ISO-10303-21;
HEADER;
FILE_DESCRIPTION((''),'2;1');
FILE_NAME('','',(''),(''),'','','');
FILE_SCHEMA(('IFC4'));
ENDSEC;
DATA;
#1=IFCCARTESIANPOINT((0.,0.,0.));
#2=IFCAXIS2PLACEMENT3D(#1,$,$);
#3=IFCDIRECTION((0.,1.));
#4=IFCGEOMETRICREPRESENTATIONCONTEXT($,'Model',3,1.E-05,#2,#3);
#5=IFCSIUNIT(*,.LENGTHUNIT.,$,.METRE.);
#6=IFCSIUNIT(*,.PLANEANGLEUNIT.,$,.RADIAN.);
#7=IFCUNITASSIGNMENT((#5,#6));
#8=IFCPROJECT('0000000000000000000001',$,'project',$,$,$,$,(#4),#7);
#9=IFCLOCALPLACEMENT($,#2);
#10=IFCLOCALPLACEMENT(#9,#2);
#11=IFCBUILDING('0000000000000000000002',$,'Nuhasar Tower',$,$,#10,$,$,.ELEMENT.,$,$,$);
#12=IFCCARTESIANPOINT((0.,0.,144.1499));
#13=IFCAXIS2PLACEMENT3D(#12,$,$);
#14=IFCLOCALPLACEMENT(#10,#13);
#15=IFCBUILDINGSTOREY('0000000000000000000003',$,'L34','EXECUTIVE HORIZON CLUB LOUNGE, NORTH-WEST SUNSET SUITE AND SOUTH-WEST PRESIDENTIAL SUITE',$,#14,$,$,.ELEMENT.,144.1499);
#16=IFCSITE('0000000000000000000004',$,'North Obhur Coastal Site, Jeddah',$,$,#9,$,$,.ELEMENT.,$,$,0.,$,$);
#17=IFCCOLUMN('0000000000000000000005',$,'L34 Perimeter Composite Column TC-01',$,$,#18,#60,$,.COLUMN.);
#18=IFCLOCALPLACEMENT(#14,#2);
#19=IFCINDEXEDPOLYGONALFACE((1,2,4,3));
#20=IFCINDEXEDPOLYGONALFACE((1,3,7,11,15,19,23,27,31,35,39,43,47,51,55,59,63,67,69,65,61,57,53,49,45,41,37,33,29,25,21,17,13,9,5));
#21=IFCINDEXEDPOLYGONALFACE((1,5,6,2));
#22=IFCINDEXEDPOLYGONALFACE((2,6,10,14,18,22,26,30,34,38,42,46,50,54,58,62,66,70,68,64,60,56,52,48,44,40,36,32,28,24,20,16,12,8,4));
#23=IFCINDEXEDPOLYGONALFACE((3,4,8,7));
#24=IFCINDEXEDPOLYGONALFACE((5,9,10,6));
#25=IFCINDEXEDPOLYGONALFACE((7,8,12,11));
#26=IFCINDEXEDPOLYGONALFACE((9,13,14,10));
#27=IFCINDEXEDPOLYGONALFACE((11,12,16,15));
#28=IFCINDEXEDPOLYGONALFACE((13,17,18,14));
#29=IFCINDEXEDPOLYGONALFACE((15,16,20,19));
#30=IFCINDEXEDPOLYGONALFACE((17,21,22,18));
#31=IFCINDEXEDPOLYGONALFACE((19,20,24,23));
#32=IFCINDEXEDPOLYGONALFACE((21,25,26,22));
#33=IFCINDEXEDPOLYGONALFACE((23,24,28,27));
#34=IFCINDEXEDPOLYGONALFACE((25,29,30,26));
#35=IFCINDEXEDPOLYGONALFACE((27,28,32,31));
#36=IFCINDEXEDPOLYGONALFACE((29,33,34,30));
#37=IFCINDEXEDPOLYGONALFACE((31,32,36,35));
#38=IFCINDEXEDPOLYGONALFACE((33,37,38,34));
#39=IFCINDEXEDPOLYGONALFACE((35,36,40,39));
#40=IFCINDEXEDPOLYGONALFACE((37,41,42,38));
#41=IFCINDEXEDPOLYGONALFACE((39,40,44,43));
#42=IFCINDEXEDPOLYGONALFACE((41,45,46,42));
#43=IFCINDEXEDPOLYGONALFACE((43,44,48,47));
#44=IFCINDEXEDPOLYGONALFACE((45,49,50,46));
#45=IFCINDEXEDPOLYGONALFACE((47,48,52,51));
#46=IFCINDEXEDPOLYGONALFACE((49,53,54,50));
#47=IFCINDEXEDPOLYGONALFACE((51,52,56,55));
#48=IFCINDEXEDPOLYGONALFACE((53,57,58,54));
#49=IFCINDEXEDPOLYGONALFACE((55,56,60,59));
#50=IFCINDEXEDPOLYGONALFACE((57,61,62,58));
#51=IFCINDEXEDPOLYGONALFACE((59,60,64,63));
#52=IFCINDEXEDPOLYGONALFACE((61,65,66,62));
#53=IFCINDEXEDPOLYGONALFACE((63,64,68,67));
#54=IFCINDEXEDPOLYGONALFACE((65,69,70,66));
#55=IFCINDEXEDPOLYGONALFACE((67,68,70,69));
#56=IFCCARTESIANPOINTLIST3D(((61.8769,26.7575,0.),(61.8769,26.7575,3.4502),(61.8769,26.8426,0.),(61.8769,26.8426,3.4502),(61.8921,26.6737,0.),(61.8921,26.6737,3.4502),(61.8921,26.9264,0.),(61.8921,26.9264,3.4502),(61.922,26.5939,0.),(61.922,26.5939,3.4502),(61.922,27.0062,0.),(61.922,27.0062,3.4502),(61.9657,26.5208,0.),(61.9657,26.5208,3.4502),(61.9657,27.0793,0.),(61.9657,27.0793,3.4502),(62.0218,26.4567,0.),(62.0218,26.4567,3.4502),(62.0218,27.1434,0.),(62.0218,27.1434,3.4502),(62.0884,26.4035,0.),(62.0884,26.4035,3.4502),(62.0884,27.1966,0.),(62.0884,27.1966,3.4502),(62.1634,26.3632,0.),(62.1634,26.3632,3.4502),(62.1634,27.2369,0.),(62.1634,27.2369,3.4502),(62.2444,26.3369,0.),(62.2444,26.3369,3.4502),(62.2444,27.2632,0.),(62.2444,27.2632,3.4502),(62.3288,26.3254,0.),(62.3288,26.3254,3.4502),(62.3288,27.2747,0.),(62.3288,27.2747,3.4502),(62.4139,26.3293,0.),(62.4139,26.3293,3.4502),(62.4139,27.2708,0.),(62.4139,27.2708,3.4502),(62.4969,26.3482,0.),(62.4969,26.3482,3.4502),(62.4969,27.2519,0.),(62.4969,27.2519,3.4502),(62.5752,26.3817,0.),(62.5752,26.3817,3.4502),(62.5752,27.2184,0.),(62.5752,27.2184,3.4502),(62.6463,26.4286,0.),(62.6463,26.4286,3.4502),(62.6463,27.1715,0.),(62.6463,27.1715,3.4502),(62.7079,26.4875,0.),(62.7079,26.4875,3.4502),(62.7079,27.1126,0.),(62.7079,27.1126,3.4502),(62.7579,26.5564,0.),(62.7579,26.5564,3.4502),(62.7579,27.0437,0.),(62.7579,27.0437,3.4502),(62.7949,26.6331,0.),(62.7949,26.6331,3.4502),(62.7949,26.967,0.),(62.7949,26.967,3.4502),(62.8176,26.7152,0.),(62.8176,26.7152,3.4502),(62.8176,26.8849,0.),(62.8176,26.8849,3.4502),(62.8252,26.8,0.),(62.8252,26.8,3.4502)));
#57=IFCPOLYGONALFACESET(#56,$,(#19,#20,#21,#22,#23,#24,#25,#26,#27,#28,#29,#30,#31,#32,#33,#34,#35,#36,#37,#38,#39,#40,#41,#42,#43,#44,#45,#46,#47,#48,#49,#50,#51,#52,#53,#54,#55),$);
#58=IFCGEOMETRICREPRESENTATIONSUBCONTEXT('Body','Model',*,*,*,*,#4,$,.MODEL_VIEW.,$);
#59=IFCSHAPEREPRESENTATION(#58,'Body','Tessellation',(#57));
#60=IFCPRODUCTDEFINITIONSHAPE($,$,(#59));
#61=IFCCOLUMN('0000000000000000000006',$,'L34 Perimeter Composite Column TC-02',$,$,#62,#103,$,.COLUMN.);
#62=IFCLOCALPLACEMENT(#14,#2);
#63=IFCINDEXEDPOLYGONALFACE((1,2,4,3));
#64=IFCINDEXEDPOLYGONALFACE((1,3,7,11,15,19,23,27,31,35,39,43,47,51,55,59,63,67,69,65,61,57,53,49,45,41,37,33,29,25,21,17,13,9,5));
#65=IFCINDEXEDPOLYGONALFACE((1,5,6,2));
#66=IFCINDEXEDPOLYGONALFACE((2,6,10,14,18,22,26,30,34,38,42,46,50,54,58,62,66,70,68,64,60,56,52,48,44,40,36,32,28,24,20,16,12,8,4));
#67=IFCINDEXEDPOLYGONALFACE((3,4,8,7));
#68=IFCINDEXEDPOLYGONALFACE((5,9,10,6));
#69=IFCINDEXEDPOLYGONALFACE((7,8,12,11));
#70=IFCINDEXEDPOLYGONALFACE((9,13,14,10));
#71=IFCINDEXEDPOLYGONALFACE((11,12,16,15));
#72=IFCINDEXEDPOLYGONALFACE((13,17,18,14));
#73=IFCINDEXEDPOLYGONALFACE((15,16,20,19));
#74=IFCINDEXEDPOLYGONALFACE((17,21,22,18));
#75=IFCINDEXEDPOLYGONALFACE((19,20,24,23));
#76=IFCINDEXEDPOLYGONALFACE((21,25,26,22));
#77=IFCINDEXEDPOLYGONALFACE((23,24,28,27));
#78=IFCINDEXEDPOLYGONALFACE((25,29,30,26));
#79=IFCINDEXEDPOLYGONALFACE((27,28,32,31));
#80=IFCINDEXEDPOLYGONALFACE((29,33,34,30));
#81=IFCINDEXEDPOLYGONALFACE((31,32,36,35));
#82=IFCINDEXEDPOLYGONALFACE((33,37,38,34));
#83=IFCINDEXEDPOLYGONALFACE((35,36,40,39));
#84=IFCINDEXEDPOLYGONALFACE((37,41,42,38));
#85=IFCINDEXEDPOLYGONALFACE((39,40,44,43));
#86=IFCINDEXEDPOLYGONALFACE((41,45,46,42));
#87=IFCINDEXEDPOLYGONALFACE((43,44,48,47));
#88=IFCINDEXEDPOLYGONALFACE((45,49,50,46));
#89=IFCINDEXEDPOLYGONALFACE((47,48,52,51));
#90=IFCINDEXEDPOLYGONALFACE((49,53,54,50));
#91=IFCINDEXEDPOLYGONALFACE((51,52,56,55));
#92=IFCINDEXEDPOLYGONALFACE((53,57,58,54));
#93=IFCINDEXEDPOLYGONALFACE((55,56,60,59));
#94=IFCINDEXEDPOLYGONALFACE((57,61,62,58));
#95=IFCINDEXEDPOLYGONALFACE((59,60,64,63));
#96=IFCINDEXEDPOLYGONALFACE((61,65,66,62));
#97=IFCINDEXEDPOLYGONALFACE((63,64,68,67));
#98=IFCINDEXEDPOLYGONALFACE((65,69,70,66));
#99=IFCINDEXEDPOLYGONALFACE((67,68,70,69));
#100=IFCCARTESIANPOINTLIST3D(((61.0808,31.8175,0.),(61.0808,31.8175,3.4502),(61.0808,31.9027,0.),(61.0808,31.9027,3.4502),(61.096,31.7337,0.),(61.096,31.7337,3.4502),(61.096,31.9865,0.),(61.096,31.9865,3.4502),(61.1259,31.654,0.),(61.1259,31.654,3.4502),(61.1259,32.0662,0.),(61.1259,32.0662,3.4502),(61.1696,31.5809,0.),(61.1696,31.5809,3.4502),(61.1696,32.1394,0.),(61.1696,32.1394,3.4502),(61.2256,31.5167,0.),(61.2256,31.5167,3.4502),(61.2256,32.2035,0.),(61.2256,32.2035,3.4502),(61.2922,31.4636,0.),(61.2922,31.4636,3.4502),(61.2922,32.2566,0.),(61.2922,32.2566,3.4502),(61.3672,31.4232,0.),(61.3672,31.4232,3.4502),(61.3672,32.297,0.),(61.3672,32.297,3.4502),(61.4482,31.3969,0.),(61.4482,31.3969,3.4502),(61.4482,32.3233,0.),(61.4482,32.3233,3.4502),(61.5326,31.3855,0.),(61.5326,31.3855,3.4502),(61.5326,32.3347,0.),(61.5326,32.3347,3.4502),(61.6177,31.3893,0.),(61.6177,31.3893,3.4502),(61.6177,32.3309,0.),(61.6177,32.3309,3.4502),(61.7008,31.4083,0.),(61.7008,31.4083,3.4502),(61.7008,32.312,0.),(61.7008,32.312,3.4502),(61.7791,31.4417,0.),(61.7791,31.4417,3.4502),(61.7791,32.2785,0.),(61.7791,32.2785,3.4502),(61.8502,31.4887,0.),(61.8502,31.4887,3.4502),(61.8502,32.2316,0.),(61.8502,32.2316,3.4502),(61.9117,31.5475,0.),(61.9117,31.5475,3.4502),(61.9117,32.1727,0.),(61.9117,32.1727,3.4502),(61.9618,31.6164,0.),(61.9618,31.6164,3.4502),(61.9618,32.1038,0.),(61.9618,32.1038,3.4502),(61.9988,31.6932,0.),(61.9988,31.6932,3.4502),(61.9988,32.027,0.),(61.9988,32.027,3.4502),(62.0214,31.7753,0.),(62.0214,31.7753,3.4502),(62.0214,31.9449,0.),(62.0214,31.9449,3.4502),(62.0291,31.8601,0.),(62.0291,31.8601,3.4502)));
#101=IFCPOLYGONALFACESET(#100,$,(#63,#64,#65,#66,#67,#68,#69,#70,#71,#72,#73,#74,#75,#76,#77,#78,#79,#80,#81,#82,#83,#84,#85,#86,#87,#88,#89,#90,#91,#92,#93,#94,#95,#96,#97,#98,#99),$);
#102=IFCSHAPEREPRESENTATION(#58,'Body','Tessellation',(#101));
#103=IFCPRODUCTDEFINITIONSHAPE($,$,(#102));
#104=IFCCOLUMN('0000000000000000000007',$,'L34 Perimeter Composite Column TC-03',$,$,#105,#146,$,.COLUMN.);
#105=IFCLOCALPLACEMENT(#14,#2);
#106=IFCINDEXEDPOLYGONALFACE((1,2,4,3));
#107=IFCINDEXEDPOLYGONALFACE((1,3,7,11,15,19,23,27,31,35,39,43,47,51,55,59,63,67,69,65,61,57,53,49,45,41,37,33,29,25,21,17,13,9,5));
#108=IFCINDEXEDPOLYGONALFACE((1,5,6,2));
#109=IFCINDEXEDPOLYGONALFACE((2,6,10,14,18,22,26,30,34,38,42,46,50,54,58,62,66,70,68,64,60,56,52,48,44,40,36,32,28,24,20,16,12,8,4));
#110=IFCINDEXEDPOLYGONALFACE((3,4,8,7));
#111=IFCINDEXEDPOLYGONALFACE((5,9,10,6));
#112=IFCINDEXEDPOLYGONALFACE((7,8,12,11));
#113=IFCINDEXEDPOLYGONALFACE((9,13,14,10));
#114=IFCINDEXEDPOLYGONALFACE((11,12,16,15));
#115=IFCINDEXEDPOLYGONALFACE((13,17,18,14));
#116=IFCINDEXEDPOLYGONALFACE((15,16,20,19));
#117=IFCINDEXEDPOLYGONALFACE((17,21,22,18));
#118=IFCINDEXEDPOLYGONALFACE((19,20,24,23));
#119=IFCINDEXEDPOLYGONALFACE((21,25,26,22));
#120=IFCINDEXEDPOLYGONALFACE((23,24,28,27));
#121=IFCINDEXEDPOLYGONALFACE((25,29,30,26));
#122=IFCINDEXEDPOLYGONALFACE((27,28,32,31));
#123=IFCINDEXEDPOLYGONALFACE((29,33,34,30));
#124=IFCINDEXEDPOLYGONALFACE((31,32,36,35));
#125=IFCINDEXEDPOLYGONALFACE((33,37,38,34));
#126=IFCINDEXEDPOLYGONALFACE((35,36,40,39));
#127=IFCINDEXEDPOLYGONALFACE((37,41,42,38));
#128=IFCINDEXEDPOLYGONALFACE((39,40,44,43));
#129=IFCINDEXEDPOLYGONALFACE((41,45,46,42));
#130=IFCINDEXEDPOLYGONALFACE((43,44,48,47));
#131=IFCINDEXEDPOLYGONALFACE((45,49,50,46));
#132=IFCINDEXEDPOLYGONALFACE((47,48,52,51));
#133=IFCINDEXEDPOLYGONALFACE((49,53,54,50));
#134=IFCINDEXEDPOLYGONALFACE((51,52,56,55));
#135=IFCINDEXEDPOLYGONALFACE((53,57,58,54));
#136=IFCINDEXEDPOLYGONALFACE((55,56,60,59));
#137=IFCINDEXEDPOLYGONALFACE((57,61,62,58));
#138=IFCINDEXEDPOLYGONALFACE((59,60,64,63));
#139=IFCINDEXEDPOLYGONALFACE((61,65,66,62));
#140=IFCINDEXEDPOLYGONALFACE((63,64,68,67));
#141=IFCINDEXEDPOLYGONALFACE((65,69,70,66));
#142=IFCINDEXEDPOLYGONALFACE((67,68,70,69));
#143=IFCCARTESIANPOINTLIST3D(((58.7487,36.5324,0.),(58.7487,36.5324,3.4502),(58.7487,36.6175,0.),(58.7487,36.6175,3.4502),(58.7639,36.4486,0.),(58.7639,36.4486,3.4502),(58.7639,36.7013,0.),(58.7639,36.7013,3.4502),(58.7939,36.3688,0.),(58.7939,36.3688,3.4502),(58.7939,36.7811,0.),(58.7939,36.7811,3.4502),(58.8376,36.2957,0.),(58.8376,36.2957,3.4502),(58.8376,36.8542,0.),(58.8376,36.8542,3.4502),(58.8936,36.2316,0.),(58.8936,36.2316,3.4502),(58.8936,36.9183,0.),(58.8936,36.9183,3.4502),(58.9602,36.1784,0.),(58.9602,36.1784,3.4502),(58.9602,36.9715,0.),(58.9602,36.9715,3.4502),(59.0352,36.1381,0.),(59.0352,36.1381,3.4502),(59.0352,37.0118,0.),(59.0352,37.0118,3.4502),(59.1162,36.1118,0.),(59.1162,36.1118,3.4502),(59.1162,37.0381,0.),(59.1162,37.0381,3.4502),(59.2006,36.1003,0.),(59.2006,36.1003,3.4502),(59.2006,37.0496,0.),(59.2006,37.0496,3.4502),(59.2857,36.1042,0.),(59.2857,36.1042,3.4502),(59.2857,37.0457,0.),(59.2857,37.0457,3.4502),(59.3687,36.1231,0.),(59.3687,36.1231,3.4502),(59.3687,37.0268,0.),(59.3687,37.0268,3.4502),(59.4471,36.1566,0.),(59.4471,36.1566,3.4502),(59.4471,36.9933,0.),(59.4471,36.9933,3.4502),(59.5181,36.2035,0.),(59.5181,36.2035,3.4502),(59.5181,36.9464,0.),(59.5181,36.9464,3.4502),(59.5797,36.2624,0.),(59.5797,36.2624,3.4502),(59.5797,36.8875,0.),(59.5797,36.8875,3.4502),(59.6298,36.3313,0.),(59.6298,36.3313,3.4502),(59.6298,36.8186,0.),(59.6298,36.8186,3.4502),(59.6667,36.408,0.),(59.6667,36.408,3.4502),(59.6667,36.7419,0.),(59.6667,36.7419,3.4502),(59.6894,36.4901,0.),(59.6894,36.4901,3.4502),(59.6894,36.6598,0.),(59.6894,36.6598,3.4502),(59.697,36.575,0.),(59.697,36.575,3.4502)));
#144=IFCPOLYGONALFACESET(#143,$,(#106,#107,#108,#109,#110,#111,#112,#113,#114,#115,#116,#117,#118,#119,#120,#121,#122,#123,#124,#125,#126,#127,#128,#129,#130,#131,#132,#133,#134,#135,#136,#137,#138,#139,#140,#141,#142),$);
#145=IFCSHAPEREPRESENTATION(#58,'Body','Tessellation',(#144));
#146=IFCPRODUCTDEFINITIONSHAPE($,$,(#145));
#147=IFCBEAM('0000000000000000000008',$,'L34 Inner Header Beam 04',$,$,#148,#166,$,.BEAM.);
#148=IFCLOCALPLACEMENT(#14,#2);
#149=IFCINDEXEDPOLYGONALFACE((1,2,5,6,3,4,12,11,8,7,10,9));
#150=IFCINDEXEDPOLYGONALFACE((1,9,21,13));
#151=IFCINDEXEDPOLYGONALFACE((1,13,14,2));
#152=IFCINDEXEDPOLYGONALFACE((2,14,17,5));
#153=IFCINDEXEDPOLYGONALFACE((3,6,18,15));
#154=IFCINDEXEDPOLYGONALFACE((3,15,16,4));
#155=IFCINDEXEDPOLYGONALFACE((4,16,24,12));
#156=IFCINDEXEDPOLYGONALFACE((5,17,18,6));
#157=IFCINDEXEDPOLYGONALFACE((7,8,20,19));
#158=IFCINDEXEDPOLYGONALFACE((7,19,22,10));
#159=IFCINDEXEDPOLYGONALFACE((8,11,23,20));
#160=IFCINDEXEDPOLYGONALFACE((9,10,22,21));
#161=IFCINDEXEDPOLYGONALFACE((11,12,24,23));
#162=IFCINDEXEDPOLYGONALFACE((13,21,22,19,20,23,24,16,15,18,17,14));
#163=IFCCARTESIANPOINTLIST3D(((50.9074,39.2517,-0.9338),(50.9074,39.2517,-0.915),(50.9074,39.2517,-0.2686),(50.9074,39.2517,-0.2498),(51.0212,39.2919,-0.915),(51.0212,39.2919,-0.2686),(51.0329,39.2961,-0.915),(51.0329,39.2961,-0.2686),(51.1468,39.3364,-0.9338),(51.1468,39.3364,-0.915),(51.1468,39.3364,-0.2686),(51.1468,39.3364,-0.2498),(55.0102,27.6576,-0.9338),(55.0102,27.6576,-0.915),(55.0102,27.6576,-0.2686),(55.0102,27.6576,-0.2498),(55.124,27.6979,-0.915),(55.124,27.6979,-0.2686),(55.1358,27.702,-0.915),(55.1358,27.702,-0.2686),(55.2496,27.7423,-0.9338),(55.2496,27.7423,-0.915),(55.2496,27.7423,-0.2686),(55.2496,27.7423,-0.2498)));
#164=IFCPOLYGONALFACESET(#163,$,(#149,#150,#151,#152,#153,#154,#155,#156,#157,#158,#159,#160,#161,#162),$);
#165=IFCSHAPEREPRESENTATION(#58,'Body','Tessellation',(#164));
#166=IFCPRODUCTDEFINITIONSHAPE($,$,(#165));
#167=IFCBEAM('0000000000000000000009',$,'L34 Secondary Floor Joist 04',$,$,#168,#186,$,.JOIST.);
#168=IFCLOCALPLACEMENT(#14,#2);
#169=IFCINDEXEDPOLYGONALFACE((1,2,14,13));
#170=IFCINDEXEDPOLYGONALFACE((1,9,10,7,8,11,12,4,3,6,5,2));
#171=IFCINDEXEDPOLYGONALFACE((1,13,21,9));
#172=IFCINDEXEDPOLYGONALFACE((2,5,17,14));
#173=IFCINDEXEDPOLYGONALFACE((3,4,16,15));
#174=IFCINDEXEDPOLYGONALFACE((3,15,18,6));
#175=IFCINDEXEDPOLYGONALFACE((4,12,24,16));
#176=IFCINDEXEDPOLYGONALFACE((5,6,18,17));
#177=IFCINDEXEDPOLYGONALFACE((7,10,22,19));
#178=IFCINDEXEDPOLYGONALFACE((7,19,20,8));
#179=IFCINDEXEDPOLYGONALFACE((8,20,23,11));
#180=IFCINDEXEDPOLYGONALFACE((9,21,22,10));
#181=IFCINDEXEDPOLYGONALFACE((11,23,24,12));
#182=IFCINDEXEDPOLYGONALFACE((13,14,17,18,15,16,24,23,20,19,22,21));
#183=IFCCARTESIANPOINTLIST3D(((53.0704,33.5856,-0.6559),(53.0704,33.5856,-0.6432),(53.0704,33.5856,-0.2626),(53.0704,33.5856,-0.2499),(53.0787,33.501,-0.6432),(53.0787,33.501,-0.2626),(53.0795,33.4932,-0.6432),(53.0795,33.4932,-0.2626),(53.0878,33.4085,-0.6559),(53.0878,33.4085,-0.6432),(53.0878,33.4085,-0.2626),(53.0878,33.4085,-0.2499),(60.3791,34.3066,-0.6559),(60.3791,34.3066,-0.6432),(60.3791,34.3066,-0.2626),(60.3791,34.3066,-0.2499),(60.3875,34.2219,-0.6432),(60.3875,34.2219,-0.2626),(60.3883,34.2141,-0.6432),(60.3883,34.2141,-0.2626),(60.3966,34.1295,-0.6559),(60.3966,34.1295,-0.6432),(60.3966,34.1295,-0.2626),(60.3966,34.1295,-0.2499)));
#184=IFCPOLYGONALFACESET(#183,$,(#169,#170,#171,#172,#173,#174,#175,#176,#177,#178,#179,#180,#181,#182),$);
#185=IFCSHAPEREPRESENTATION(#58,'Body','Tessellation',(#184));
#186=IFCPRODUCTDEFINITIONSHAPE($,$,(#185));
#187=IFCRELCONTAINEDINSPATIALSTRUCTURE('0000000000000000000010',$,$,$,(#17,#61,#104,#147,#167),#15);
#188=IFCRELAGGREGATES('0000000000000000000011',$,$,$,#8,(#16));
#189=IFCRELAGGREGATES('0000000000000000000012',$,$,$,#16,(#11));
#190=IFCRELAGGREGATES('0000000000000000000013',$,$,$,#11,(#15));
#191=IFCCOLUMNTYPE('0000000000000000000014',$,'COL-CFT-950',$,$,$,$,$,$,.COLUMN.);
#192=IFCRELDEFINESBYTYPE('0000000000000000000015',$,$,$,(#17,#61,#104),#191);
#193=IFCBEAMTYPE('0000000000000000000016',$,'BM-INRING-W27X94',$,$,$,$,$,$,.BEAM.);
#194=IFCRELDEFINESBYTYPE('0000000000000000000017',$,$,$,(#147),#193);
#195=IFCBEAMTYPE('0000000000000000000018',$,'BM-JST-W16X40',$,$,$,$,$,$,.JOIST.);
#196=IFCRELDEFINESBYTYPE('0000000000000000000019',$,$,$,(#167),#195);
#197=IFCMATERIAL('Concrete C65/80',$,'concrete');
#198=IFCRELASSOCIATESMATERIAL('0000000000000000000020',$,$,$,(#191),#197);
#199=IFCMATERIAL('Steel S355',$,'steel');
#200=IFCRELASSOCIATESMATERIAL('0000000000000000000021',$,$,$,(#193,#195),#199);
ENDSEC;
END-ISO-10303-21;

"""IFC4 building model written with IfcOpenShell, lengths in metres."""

from ifc_helpers import new_model, si_unit, direction, frame, origin, origin_2d, place, context, subcontext, project, spatial, circle, i_section, extrude, material, material_profile, profile_set, type_object, element, save


model = new_model("IFC4")

# Units and contexts
model_context = context("Model", 3, precision=1e-05, world=origin(), true_north=direction((0.0, 1.0)))
body_context = subcontext(model_context, "Body", "Model", "MODEL_VIEW")
ifc_project = project(units=[si_unit("LENGTHUNIT", "METRE"), si_unit("PLANEANGLEUNIT", "RADIAN")], contexts=[model_context])

# Site, building, storey
site_placement = place(None, origin())
site = spatial("IfcSite", under=ifc_project, at=site_placement, Name="North Obhur Coastal Site, Jeddah", CompositionType="ELEMENT", RefElevation=0.0)
building_placement = place(site_placement, origin())
building = spatial("IfcBuilding", under=site, at=building_placement, Name="Nuhasar Tower", CompositionType="ELEMENT")
storey_placement = place(building_placement, frame((0.0, 0.0, 144.1499)))
storey = spatial("IfcBuildingStorey", under=building, at=storey_placement, Name="L34", Description="EXECUTIVE HORIZON CLUB LOUNGE, NORTH-WEST SUNSET SUITE AND SOUTH-WEST PRESIDENTIAL SUITE", CompositionType="ELEMENT", Elevation=144.1499)

# Columns
ifc_material_1 = material(Name="Concrete C65/80", Category="concrete")
ifc_material_profile_1 = material_profile(ifc_material_1, circle(Radius=0.4751, at=origin_2d()), Name="CFT950")
ifc_profile_set_1 = profile_set([ifc_material_profile_1], Name="Concrete C65/80")
column_type = type_object("IfcColumnType", Name="COL-CFT-950", PredefinedType="COLUMN", material=ifc_profile_set_1)
for number, where, z_axis, x_axis, name in (
    (1, (62.3501, 26.8, 0.0), (0.0, 0.0, 1.0), (1.0, 0.0, 0.0), "L34 Perimeter Composite Column TC-01"),
    (2, (61.554, 31.8601, 0.0), (0.0, 0.0, 1.0), (1.0, 0.0, 0.0), "L34 Perimeter Composite Column TC-02"),
    (3, (59.2219, 36.575, 0.0), (0.0, 0.0, 1.0), (1.0, 0.0, 0.0), "L34 Perimeter Composite Column TC-03"),
):
    element("IfcColumn", number, at=place(storey_placement, frame(where, z_axis=z_axis, x_axis=x_axis)), inside=storey, type_object=column_type, Name=name, PredefinedType="COLUMN", context=body_context, shape_type="SweptSolid", body=[
        extrude(circle(Radius=0.4751, at=origin_2d()), origin(), (0.0, 0.0, 1.0), 3.4502),
    ])

# Beams
ifc_material_2 = material(Name="Steel S355", Category="steel")
ifc_material_profile_2 = material_profile(ifc_material_2, i_section(OverallWidth=0.2539, OverallDepth=0.6841, WebThickness=0.0125, FlangeThickness=0.0188, at=origin_2d()), Name="W27X94")
ifc_profile_set_2 = profile_set([ifc_material_profile_2], Name="Steel S355")
beam_type_1 = type_object("IfcBeamType", Name="BM-INRING-W27X94", PredefinedType="BEAM", material=ifc_profile_set_2)
beam_1_placement = place(storey_placement, frame((55.1299, 27.7, -0.5918), z_axis=(-0.3336, 0.942715, 0.0), x_axis=(-0.942715, -0.3336, 0.0)))
element("IfcBeam", 4, at=beam_1_placement, inside=storey, type_object=beam_type_1, Name="L34 Inner Header Beam 04", PredefinedType="BEAM", context=body_context, shape_type="SweptSolid", body=[
    extrude(i_section(OverallWidth=0.2539, OverallDepth=0.6841, WebThickness=0.0125, FlangeThickness=0.0188, at=origin_2d()), origin(), (0.0, 0.0, 1.0), 12.2986),
])
ifc_material_profile_3 = material_profile(ifc_material_2, i_section(OverallWidth=0.178, OverallDepth=0.406, WebThickness=0.0078, FlangeThickness=0.0127, at=origin_2d()), Name="W16X40")
ifc_profile_set_3 = profile_set([ifc_material_profile_3], Name="Steel S355")
beam_type_2 = type_object("IfcBeamType", Name="BM-JST-W16X40", PredefinedType="JOIST", material=ifc_profile_set_3)
beam_2_placement = place(storey_placement, frame((53.0791, 33.4971, -0.4529), z_axis=(0.99517, 0.098164, 0.0), x_axis=(-0.098164, 0.99517, 0.0)))
element("IfcBeam", 5, at=beam_2_placement, inside=storey, type_object=beam_type_2, Name="L34 Secondary Floor Joist 04", PredefinedType="JOIST", context=body_context, shape_type="SweptSolid", body=[
    extrude(i_section(OverallWidth=0.178, OverallDepth=0.406, WebThickness=0.0078, FlangeThickness=0.0127, at=origin_2d()), origin(), (0.0, 0.0, 1.0), 7.3442),
])

save(model, "model.ifc")
